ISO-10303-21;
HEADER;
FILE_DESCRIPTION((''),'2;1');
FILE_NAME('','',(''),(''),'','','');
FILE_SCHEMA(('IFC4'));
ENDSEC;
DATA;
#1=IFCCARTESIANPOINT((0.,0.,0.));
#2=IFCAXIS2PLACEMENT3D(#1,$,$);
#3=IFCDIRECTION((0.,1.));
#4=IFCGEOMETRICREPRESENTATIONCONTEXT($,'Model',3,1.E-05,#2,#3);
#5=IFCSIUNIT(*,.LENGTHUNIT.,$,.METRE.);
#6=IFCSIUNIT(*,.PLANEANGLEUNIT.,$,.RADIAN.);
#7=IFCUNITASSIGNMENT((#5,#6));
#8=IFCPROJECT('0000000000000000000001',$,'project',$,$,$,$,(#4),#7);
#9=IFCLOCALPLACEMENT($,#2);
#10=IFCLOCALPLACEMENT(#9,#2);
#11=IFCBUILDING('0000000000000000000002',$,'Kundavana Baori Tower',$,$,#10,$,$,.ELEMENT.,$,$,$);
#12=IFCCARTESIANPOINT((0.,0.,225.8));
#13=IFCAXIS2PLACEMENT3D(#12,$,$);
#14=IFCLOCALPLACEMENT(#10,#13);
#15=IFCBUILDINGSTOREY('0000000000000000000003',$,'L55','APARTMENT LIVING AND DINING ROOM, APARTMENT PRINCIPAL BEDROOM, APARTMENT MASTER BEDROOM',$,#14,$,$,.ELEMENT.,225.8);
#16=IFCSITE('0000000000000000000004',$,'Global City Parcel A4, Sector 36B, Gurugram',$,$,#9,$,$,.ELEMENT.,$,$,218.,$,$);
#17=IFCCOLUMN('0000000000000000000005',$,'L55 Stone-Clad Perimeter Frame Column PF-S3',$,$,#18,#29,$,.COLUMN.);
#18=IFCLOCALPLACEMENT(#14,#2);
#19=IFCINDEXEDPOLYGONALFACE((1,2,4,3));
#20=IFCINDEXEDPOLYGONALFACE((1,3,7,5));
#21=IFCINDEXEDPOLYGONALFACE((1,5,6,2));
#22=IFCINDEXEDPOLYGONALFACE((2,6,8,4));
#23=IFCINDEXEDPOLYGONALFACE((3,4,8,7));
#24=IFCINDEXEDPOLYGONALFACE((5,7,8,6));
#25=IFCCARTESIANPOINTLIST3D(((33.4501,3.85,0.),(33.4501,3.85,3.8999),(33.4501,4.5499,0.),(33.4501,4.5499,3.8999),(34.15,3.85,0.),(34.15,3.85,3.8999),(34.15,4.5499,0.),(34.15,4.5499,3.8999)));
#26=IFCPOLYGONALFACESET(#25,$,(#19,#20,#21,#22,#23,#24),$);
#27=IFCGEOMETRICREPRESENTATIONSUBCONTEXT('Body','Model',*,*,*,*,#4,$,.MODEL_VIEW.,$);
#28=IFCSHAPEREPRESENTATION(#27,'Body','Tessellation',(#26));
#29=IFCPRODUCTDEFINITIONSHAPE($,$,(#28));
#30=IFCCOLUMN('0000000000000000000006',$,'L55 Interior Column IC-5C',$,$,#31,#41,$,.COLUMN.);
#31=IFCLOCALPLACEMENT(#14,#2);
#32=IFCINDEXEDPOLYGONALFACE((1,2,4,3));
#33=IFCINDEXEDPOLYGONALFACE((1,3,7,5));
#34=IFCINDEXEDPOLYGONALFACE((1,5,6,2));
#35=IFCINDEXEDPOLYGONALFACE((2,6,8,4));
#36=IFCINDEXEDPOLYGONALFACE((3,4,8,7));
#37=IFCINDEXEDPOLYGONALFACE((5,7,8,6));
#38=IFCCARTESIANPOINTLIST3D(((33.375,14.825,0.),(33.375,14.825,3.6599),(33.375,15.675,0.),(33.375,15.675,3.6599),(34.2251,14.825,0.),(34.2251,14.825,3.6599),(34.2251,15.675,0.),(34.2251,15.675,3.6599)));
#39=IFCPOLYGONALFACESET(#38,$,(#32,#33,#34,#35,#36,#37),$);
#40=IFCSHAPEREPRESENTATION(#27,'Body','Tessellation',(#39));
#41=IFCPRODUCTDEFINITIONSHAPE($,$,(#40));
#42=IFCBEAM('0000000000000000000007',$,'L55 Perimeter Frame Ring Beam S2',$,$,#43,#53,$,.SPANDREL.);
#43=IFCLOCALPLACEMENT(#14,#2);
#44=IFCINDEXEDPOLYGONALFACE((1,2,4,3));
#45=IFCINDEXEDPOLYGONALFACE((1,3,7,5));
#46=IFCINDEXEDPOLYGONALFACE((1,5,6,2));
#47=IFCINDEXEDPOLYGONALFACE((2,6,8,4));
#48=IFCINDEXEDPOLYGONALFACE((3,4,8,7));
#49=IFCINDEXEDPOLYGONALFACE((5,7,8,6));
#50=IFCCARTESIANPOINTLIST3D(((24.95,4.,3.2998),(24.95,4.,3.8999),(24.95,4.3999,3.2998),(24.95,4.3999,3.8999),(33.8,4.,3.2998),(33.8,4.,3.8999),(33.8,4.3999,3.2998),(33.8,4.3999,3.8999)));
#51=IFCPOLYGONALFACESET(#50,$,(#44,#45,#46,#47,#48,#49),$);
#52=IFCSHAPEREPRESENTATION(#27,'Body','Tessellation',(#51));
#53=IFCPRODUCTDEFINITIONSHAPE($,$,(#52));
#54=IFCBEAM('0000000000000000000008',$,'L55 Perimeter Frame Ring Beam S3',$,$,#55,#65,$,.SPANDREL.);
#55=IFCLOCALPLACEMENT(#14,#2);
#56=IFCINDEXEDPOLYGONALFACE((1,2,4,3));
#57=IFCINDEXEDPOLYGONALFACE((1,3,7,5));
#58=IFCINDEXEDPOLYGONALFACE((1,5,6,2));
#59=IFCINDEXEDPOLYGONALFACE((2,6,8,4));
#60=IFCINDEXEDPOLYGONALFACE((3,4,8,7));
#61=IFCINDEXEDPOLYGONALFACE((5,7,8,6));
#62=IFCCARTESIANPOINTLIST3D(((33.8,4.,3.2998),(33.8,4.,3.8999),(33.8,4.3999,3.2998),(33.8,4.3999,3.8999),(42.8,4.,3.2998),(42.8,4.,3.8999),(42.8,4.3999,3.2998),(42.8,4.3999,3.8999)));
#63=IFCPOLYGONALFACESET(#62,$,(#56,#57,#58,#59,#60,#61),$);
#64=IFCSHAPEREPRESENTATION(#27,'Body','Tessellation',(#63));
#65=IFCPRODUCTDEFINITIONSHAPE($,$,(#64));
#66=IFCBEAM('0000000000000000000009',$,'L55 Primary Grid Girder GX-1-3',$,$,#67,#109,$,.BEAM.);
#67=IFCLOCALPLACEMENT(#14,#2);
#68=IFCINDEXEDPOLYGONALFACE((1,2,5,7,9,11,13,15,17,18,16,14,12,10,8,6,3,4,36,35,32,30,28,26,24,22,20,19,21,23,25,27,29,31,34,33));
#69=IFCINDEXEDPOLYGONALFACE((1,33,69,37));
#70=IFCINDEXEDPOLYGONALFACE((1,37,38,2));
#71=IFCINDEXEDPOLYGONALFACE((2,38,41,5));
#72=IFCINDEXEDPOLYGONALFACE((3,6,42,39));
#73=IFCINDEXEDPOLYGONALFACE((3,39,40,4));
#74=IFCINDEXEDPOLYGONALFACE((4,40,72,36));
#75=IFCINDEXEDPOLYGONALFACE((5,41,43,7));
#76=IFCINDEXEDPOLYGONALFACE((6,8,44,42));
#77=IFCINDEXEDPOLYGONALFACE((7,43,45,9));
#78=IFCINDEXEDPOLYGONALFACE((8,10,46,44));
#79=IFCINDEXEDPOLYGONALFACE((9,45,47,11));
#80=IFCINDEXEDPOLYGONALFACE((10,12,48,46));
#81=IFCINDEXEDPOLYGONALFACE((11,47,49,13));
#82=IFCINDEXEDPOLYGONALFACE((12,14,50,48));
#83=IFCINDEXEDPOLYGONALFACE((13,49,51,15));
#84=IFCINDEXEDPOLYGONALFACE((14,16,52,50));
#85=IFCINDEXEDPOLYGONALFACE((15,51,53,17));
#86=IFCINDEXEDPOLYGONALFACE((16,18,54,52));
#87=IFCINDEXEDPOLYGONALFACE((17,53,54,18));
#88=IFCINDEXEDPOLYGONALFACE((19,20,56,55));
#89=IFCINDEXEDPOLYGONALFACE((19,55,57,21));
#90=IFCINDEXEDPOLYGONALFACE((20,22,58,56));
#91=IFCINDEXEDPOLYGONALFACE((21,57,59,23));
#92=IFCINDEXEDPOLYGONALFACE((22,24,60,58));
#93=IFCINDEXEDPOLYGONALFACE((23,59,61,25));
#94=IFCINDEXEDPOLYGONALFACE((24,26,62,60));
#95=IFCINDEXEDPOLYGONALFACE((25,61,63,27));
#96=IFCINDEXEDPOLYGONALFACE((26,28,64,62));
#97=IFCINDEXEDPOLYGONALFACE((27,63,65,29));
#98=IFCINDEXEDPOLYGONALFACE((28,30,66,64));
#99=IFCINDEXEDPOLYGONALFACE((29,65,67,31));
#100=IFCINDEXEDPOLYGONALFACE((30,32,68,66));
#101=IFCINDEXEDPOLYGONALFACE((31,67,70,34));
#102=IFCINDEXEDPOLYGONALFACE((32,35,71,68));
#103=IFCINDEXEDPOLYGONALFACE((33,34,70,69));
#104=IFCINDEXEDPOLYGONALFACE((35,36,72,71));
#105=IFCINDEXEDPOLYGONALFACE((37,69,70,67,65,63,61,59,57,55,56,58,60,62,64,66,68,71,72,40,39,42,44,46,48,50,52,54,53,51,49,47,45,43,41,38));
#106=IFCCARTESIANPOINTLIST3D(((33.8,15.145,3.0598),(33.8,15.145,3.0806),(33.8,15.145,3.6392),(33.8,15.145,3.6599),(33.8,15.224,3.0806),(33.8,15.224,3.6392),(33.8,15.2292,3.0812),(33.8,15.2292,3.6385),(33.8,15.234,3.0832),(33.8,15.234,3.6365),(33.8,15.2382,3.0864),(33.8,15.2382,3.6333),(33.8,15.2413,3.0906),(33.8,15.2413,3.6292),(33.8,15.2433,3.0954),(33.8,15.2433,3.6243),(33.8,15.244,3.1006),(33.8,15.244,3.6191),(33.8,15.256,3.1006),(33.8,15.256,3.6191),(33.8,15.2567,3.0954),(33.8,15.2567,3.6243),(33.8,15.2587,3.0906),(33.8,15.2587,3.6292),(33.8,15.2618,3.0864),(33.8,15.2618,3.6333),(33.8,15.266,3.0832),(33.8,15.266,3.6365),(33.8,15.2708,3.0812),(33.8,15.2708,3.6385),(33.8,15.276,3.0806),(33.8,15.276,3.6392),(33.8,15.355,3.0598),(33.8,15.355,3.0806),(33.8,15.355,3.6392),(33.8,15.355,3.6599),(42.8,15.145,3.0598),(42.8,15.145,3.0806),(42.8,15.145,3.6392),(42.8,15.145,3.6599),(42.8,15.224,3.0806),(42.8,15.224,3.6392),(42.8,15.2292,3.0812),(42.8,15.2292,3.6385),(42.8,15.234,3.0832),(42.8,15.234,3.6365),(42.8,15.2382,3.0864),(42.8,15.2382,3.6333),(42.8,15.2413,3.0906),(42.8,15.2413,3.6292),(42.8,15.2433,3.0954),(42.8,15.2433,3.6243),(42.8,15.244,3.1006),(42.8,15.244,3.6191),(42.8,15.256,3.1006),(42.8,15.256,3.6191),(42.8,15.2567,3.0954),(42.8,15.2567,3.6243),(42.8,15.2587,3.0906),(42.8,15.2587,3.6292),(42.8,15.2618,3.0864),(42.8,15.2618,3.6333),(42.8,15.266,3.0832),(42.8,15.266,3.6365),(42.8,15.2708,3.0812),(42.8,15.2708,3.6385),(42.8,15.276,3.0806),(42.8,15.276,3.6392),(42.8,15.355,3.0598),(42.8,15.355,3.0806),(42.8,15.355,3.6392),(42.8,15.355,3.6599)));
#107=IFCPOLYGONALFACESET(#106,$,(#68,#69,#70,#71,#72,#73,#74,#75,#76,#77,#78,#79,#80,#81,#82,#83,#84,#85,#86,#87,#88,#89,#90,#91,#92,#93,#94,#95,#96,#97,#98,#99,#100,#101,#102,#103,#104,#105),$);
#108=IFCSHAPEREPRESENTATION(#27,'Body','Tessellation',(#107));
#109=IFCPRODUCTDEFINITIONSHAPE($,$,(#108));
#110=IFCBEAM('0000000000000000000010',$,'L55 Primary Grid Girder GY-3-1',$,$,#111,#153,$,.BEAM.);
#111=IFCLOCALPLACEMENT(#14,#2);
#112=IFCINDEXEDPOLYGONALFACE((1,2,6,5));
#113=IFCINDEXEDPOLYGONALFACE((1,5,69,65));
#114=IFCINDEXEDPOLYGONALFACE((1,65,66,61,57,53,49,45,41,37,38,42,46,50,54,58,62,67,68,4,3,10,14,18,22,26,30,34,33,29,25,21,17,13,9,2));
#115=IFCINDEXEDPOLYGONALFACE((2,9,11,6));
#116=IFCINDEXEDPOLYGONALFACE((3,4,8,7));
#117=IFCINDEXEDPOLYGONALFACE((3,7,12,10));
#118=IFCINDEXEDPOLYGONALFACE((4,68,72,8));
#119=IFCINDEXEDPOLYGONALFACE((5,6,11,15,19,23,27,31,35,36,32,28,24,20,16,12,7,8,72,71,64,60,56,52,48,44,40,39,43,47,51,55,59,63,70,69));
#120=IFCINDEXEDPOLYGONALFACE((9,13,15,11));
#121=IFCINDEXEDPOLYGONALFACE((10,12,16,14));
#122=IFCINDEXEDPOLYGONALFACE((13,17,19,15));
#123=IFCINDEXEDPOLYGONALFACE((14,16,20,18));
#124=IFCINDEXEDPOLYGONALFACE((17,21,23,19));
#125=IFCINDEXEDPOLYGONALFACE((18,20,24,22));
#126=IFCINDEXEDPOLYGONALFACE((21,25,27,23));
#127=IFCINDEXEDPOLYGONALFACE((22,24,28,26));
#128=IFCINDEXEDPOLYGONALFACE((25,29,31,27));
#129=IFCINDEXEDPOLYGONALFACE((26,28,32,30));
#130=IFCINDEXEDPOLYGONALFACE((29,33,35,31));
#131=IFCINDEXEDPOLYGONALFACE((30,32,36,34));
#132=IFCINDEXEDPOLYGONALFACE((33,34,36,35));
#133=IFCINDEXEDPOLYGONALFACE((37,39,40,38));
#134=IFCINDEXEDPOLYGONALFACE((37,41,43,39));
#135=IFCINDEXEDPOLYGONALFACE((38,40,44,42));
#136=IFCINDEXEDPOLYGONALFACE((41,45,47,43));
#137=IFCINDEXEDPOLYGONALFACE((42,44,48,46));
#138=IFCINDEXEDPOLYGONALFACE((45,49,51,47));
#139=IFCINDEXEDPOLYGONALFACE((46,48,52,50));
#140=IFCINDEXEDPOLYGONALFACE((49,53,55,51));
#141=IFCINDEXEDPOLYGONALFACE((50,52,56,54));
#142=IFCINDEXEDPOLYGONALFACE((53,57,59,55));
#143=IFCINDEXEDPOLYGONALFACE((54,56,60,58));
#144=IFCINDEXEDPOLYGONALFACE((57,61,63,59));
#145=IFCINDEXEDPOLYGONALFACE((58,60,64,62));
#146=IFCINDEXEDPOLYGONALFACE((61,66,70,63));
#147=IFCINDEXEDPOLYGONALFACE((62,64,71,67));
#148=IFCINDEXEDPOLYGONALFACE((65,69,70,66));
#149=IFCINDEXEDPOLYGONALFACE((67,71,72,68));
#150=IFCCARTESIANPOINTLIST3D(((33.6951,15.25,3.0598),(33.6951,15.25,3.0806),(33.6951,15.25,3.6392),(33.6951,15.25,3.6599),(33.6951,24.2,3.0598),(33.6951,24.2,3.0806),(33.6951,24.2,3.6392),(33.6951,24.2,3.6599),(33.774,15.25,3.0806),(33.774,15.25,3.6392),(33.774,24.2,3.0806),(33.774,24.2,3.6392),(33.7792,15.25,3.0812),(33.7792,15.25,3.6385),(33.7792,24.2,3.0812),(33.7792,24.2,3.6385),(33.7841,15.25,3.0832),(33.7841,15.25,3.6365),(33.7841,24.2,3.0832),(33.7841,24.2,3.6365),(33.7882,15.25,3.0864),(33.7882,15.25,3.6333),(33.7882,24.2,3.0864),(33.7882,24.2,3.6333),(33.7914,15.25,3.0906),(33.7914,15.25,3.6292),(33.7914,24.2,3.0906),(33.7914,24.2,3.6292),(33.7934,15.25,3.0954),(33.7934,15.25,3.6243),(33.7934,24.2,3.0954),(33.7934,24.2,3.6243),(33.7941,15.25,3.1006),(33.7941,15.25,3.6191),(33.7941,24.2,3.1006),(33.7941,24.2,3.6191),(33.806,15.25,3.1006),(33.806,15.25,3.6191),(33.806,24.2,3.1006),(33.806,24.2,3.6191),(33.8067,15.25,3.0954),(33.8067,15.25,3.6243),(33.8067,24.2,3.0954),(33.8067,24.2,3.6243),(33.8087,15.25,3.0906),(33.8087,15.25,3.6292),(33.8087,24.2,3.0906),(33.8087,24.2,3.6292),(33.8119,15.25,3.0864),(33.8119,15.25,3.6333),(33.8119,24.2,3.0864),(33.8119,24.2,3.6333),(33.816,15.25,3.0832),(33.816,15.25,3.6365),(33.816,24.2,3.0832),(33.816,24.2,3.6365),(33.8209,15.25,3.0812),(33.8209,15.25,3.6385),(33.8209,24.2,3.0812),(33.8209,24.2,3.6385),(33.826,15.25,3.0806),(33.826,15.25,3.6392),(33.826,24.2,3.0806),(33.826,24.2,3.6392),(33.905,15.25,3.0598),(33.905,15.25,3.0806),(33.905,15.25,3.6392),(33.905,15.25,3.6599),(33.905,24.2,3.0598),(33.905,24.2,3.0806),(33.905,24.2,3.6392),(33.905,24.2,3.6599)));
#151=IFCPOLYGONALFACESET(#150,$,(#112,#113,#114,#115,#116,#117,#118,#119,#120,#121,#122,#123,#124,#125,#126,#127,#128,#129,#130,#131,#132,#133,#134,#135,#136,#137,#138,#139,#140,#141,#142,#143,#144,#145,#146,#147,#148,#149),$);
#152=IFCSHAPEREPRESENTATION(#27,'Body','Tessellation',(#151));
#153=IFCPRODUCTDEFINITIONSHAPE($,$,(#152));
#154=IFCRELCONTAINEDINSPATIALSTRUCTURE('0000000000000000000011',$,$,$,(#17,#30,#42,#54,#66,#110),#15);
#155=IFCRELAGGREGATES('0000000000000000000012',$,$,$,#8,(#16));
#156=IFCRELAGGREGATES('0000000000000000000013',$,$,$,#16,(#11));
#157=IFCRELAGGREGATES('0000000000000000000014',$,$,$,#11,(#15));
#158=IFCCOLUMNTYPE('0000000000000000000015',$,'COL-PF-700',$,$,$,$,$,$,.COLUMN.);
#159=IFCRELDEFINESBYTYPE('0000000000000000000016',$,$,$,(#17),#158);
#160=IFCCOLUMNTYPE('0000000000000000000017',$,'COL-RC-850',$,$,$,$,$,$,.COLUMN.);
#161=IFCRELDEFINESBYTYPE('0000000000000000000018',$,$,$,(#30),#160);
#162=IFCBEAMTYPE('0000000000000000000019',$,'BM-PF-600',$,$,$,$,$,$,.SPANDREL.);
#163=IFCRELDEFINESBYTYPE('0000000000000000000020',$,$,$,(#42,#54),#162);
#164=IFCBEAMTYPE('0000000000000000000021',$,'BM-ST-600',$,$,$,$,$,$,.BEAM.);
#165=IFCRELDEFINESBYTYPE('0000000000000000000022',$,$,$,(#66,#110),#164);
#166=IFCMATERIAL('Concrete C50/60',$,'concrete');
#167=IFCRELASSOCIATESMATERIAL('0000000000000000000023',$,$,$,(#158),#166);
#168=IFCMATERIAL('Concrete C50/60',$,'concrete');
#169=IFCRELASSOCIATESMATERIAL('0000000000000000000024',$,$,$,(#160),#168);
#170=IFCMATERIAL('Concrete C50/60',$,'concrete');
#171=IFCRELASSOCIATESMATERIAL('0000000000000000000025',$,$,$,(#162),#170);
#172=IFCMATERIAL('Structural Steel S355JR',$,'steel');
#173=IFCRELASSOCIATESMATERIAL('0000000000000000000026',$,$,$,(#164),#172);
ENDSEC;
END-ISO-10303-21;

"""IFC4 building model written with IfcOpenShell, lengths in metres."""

from ifc_helpers import new_model, si_unit, direction, frame, origin, origin_2d, place, context, subcontext, project, spatial, rectangle, i_section, extrude, material, material_profile, profile_set, type_object, element, save


model = new_model("IFC4")

# Units and contexts
model_context = context("Model", 3, precision=1e-05, world=origin(), true_north=direction((0.0, 1.0)))
body_context = subcontext(model_context, "Body", "Model", "MODEL_VIEW")
ifc_project = project(units=[si_unit("LENGTHUNIT", "METRE"), si_unit("PLANEANGLEUNIT", "RADIAN")], contexts=[model_context])

# Site, building, storey
site_placement = place(None, origin())
site = spatial("IfcSite", under=ifc_project, at=site_placement, Name="Global City Parcel A4, Sector 36B, Gurugram", CompositionType="ELEMENT", RefElevation=218.0)
building_placement = place(site_placement, origin())
building = spatial("IfcBuilding", under=site, at=building_placement, Name="Kundavana Baori Tower", CompositionType="ELEMENT")
storey_placement = place(building_placement, frame((0.0, 0.0, 225.8)))
storey = spatial("IfcBuildingStorey", under=building, at=storey_placement, Name="L55", Description="APARTMENT LIVING AND DINING ROOM, APARTMENT PRINCIPAL BEDROOM, APARTMENT MASTER BEDROOM", CompositionType="ELEMENT", Elevation=225.8)

# Columns
ifc_material_1 = material(Name="Concrete C50/60", Category="concrete")
ifc_material_profile_1 = material_profile(ifc_material_1, rectangle(XDim=0.7, YDim=0.7, at=origin_2d()), Name="RC PF 700x700")
ifc_profile_set_1 = profile_set([ifc_material_profile_1], Name="Concrete C50/60")
column_type_1 = type_object("IfcColumnType", Name="COL-PF-700", PredefinedType="COLUMN", material=ifc_profile_set_1)
column_1_placement = place(storey_placement, frame((33.8, 4.2, 0.0), z_axis=(0.0, 0.0, 1.0), x_axis=(1.0, 0.0, 0.0)))
element("IfcColumn", 1, at=column_1_placement, inside=storey, type_object=column_type_1, Name="L55 Stone-Clad Perimeter Frame Column PF-S3", PredefinedType="COLUMN", context=body_context, shape_type="SweptSolid", body=[
    extrude(rectangle(XDim=0.7, YDim=0.7, at=origin_2d()), origin(), (0.0, 0.0, 1.0), 3.8999),
])
ifc_material_2 = material(Name="Concrete C50/60", Category="concrete")
ifc_material_profile_2 = material_profile(ifc_material_2, rectangle(XDim=0.8501, YDim=0.8501, at=origin_2d()), Name="RC 850x850")
ifc_profile_set_2 = profile_set([ifc_material_profile_2], Name="Concrete C50/60")
column_type_2 = type_object("IfcColumnType", Name="COL-RC-850", PredefinedType="COLUMN", material=ifc_profile_set_2)
column_2_placement = place(storey_placement, frame((33.8, 15.25, 0.0), z_axis=(0.0, 0.0, 1.0), x_axis=(1.0, 0.0, 0.0)))
element("IfcColumn", 2, at=column_2_placement, inside=storey, type_object=column_type_2, Name="L55 Interior Column IC-5C", PredefinedType="COLUMN", context=body_context, shape_type="SweptSolid", body=[
    extrude(rectangle(XDim=0.8501, YDim=0.8501, at=origin_2d()), origin(), (0.0, 0.0, 1.0), 3.6599),
])

# Beams
ifc_material_3 = material(Name="Concrete C50/60", Category="concrete")
ifc_material_profile_3 = material_profile(ifc_material_3, rectangle(XDim=0.3999, YDim=0.6001, at=origin_2d()), Name="RC BM 400x600")
ifc_profile_set_3 = profile_set([ifc_material_profile_3], Name="Concrete C50/60")
beam_type_1 = type_object("IfcBeamType", Name="BM-PF-600", PredefinedType="SPANDREL", material=ifc_profile_set_3)
beam_1_placement = place(storey_placement, frame((24.95, 4.2, 3.5999), z_axis=(1.0, 0.0, 0.0), x_axis=(0.0, 1.0, 0.0)))
element("IfcBeam", 3, at=beam_1_placement, inside=storey, type_object=beam_type_1, Name="L55 Perimeter Frame Ring Beam S2", PredefinedType="SPANDREL", context=body_context, shape_type="SweptSolid", body=[
    extrude(rectangle(XDim=0.3999, YDim=0.6001, at=origin_2d()), origin(), (0.0, 0.0, 1.0), 8.8501),
])
beam_2_placement = place(storey_placement, frame((33.8, 4.2, 3.5999), z_axis=(1.0, 0.0, 0.0), x_axis=(0.0, 1.0, 0.0)))
element("IfcBeam", 4, at=beam_2_placement, inside=storey, type_object=beam_type_1, Name="L55 Perimeter Frame Ring Beam S3", PredefinedType="SPANDREL", context=body_context, shape_type="SweptSolid", body=[
    extrude(rectangle(XDim=0.3999, YDim=0.6001, at=origin_2d()), origin(), (0.0, 0.0, 1.0), 9.0),
])
ifc_material_4 = material(Name="Structural Steel S355JR", Category="steel")
ifc_material_profile_4 = material_profile(ifc_material_4, i_section(OverallWidth=0.21, OverallDepth=0.6001, WebThickness=0.012, FlangeThickness=0.0208, FilletRadius=0.02, at=origin_2d()), Name="ISMB 600")
ifc_profile_set_4 = profile_set([ifc_material_profile_4], Name="Structural Steel S355JR")
beam_type_2 = type_object("IfcBeamType", Name="BM-ST-600", PredefinedType="BEAM", material=ifc_profile_set_4)
beam_3_placement = place(storey_placement, frame((33.8, 15.25, 3.3599), z_axis=(1.0, 0.0, 0.0), x_axis=(0.0, 1.0, 0.0)))
element("IfcBeam", 5, at=beam_3_placement, inside=storey, type_object=beam_type_2, Name="L55 Primary Grid Girder GX-1-3", PredefinedType="BEAM", context=body_context, shape_type="SweptSolid", body=[
    extrude(i_section(OverallWidth=0.21, OverallDepth=0.6001, WebThickness=0.012, FlangeThickness=0.0208, FilletRadius=0.02, at=origin_2d()), origin(), (0.0, 0.0, 1.0), 9.0),
])
beam_4_placement = place(storey_placement, frame((33.8, 15.25, 3.3599), z_axis=(0.0, 1.0, 0.0), x_axis=(-1.0, 0.0, 0.0)))
element("IfcBeam", 6, at=beam_4_placement, inside=storey, type_object=beam_type_2, Name="L55 Primary Grid Girder GY-3-1", PredefinedType="BEAM", context=body_context, shape_type="SweptSolid", body=[
    extrude(i_section(OverallWidth=0.21, OverallDepth=0.6001, WebThickness=0.012, FlangeThickness=0.0208, FilletRadius=0.02, at=origin_2d()), origin(), (0.0, 0.0, 1.0), 8.95),
])

save(model, "model.ifc")
